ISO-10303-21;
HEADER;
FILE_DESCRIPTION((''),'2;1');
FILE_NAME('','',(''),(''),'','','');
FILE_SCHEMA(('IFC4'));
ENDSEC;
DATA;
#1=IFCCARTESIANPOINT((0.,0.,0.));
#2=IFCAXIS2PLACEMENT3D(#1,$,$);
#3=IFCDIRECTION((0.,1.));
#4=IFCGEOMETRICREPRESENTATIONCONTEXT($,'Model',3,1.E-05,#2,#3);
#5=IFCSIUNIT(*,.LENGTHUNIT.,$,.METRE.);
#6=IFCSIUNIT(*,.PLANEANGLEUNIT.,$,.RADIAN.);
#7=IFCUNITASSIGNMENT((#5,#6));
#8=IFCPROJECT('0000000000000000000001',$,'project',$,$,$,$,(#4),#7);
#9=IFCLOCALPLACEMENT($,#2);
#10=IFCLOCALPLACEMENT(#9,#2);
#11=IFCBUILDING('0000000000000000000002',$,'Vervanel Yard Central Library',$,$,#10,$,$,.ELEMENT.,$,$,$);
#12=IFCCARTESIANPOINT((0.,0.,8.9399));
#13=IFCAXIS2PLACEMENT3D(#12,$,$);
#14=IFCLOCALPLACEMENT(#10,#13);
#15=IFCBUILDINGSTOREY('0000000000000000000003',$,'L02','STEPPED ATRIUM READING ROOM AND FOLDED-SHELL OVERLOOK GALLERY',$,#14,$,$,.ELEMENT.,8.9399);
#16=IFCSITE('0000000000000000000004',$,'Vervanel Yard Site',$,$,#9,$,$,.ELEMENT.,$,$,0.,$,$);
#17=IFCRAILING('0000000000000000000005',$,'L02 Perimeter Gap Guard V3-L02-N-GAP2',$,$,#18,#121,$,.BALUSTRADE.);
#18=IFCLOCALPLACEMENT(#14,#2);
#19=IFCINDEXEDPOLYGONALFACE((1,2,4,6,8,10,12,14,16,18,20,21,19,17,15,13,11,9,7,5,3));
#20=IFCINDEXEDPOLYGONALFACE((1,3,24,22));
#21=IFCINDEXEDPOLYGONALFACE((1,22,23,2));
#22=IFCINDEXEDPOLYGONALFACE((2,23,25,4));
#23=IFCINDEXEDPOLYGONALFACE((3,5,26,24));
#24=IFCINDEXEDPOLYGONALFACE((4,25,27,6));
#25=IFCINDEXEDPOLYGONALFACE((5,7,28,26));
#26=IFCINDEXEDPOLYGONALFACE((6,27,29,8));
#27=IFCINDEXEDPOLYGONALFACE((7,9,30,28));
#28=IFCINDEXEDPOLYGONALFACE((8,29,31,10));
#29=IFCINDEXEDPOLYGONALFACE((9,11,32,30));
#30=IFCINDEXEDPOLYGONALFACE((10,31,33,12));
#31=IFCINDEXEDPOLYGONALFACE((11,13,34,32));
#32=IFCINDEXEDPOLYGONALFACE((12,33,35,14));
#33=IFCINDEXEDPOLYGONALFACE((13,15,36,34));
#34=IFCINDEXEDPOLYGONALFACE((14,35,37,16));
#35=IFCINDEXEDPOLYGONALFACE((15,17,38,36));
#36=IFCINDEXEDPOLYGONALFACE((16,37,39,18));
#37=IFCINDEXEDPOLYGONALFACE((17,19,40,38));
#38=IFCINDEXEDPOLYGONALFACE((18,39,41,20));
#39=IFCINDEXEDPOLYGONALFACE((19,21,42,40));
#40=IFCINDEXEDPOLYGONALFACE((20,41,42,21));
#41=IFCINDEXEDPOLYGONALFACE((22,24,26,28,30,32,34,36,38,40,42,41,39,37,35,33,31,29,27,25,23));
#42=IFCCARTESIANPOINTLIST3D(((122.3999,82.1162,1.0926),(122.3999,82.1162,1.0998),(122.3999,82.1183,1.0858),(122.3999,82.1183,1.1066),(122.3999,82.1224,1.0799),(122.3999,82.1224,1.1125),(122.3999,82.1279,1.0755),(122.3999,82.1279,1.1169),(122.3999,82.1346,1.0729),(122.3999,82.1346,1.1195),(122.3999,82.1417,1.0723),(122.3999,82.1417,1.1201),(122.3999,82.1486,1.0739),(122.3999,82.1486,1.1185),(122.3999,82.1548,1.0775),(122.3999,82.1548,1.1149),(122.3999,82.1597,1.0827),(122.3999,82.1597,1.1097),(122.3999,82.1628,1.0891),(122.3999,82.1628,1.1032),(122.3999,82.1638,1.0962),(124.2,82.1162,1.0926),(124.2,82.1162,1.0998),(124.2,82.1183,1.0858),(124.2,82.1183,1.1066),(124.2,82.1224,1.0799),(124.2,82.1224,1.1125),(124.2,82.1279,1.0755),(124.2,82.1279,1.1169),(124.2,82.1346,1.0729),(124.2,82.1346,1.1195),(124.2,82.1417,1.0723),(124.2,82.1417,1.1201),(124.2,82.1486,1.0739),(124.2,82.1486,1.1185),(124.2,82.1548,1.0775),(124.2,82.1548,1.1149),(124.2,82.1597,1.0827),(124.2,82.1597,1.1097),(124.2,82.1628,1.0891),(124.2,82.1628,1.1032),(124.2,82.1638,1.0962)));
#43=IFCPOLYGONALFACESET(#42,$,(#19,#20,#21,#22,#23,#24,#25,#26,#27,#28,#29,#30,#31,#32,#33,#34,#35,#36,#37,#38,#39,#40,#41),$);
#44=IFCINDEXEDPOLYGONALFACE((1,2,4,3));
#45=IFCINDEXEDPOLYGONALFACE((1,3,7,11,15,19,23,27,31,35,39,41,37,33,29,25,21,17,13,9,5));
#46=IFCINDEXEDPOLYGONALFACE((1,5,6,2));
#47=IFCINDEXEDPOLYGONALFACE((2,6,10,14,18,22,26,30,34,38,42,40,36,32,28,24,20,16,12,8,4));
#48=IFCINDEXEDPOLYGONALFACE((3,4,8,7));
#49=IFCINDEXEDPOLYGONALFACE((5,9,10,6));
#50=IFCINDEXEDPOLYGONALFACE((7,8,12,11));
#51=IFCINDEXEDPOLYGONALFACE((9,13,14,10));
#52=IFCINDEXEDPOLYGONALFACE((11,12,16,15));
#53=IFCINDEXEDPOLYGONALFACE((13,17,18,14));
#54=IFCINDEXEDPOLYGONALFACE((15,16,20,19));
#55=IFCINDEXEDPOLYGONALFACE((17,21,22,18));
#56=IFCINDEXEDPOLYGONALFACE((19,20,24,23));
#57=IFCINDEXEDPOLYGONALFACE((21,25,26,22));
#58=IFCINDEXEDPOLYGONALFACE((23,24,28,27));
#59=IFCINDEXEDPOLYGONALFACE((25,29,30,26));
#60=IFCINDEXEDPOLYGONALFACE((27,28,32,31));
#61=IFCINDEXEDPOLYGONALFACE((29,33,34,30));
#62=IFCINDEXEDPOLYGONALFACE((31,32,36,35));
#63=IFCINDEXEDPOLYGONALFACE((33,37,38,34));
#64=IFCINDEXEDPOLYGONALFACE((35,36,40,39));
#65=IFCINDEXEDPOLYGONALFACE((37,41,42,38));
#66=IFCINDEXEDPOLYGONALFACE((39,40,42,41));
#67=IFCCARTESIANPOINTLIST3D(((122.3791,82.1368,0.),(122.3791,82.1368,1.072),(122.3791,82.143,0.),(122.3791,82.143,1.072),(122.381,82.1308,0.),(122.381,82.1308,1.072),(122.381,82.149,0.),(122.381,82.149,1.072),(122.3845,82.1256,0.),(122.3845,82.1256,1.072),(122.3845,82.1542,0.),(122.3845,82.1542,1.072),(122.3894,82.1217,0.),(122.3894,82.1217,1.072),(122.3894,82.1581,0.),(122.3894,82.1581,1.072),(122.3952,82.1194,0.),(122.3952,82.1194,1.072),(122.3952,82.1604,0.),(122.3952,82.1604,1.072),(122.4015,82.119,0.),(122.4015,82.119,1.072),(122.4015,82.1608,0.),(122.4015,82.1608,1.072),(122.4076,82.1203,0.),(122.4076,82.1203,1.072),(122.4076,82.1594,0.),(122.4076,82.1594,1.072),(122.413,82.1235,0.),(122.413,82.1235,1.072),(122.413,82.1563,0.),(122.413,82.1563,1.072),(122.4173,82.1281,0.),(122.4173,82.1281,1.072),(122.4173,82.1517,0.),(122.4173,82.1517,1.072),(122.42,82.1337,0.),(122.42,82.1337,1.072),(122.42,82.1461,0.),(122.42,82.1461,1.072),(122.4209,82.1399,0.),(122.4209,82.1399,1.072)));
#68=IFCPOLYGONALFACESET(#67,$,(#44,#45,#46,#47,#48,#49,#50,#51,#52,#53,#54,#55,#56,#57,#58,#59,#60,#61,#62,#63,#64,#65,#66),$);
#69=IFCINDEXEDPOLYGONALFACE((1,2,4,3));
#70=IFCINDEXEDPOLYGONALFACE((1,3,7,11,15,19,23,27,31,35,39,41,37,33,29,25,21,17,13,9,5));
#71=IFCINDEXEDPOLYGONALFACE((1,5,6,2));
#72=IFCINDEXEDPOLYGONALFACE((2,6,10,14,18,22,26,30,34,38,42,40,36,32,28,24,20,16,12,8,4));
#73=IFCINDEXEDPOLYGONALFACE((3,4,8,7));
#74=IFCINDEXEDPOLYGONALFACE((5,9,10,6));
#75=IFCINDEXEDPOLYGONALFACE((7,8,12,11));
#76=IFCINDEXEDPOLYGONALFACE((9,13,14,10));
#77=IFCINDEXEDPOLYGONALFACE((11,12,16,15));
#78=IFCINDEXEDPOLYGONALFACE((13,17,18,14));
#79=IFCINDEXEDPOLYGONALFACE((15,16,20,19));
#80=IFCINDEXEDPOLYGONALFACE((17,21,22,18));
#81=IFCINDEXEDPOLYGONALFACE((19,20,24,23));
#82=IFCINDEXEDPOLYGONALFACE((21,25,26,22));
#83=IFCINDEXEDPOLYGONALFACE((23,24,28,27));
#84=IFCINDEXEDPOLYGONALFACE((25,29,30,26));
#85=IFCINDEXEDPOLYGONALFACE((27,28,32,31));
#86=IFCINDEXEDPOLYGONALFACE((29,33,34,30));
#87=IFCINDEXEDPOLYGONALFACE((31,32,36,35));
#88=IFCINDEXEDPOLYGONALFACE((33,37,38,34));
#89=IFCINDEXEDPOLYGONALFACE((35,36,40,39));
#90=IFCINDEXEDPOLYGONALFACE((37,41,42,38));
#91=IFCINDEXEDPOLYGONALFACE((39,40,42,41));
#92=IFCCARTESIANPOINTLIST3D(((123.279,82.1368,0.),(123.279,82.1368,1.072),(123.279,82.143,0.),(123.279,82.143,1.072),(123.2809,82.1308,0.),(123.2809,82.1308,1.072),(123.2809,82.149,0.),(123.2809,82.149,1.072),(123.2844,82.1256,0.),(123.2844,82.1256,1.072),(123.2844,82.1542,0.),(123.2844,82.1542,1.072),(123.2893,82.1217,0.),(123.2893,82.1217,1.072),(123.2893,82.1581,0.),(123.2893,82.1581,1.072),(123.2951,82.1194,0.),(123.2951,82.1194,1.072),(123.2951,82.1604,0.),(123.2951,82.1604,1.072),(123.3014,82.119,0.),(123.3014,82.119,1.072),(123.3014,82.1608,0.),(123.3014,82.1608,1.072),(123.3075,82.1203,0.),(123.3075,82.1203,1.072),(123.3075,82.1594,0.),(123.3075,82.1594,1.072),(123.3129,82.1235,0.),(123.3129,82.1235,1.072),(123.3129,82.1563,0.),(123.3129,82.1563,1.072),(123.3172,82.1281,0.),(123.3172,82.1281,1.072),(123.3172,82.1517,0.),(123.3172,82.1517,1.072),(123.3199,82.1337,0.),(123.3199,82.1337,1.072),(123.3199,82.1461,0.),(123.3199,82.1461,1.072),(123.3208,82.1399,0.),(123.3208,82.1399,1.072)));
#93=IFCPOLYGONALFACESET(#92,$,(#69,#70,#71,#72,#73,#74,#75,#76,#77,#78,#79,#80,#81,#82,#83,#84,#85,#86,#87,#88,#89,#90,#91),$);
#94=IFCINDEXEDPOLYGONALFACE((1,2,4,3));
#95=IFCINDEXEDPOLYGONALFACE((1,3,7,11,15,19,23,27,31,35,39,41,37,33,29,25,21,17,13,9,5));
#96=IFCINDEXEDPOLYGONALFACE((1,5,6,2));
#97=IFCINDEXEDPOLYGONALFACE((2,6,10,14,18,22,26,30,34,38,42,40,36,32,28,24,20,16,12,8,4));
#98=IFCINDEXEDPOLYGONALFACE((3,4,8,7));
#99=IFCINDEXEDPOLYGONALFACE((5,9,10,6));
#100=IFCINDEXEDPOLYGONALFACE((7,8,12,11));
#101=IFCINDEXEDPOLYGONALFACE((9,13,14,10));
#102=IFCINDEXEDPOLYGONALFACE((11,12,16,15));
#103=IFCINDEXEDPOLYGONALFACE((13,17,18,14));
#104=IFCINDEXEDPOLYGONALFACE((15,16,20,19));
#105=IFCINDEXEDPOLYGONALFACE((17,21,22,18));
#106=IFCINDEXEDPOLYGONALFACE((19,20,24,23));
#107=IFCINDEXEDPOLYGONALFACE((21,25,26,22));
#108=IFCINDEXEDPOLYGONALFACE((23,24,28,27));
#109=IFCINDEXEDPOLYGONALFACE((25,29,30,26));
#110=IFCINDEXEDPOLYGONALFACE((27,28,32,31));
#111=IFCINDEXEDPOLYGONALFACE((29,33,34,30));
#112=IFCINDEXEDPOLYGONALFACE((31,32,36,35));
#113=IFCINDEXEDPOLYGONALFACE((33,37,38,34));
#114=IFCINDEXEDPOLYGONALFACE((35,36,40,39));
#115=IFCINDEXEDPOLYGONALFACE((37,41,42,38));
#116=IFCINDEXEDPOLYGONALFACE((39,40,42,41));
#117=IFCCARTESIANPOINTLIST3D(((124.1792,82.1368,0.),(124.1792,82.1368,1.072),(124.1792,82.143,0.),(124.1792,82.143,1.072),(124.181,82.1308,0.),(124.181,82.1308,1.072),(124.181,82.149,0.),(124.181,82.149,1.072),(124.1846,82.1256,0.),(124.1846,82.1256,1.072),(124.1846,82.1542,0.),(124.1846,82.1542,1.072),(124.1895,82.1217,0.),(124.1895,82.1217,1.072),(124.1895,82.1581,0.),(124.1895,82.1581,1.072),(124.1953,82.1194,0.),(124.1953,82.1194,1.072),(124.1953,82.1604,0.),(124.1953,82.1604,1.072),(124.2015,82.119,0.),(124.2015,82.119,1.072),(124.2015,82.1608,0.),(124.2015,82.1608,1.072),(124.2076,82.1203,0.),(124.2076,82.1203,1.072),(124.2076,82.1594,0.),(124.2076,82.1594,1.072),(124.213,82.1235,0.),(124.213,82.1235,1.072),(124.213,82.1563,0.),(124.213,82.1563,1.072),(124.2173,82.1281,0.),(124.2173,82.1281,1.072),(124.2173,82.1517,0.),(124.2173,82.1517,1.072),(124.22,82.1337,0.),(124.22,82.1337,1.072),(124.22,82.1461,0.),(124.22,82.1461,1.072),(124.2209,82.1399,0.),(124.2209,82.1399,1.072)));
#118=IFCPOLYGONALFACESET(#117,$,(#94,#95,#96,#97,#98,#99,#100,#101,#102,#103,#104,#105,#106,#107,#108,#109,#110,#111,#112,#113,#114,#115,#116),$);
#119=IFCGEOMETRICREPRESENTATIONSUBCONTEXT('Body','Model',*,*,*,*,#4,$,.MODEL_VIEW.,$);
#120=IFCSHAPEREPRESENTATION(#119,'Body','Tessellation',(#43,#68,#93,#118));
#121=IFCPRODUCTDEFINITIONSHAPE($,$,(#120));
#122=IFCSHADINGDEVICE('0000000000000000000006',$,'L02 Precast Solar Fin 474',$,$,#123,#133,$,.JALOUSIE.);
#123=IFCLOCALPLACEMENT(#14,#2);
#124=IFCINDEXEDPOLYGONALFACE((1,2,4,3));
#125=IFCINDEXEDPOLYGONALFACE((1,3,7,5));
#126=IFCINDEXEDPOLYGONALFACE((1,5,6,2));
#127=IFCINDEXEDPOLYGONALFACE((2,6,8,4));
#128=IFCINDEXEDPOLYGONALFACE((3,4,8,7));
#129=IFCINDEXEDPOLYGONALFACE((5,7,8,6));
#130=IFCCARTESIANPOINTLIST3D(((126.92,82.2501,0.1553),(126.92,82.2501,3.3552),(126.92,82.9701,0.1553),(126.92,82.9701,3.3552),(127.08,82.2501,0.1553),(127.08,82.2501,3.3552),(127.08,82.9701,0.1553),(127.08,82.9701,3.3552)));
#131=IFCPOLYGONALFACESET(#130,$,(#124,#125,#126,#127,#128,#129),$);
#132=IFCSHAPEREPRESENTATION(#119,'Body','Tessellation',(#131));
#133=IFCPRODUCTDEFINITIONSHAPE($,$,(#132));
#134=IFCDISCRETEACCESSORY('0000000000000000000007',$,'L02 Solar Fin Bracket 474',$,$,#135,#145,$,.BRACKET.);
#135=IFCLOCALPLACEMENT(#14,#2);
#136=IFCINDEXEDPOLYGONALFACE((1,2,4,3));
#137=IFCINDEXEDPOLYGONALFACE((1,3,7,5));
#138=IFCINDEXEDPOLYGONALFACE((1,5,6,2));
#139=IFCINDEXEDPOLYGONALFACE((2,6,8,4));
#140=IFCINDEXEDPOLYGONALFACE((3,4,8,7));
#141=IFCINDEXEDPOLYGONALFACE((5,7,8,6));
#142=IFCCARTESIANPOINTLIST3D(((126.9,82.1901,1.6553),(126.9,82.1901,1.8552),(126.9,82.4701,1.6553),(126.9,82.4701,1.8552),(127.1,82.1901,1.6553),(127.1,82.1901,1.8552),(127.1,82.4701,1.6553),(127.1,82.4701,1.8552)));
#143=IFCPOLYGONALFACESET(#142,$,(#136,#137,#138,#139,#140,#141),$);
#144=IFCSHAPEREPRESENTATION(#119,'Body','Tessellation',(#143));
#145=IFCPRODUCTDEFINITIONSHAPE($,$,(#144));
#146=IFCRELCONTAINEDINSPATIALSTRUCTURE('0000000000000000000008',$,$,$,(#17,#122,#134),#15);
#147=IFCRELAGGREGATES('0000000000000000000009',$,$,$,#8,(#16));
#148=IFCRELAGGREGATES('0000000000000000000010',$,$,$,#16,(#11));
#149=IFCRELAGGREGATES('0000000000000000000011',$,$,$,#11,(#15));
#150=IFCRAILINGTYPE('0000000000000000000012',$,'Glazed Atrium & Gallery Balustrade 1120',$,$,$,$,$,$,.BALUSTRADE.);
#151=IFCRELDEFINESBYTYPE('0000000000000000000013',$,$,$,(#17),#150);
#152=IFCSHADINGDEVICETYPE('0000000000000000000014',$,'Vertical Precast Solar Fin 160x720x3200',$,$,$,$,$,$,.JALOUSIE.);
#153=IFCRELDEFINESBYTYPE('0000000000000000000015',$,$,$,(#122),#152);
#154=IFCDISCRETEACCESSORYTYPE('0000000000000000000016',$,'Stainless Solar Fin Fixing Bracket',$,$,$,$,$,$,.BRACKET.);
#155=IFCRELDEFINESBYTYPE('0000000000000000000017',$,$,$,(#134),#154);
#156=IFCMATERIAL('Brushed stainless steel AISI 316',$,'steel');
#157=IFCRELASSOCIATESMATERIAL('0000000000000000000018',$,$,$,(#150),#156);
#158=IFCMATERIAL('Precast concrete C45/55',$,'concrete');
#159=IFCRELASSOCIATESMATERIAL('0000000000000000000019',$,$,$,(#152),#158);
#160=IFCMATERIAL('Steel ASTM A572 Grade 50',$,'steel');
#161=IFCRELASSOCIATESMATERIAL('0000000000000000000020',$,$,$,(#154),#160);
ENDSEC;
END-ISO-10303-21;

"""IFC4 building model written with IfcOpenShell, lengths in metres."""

from ifc_helpers import new_model, si_unit, direction, frame, origin, origin_2d, place, context, subcontext, project, spatial, rectangle, circle, extrude, material, type_object, element, save


model = new_model("IFC4")

# Units and contexts
model_context = context("Model", 3, precision=1e-05, world=origin(), true_north=direction((0.0, 1.0)))
body_context = subcontext(model_context, "Body", "Model", "MODEL_VIEW")
ifc_project = project(units=[si_unit("LENGTHUNIT", "METRE"), si_unit("PLANEANGLEUNIT", "RADIAN")], contexts=[model_context])

# Site, building, storey
site_placement = place(None, origin())
site = spatial("IfcSite", under=ifc_project, at=site_placement, Name="Vervanel Yard Site", CompositionType="ELEMENT", RefElevation=0.0)
building_placement = place(site_placement, origin())
building = spatial("IfcBuilding", under=site, at=building_placement, Name="Vervanel Yard Central Library", CompositionType="ELEMENT")
storey_placement = place(building_placement, frame((0.0, 0.0, 8.9399)))
storey = spatial("IfcBuildingStorey", under=building, at=storey_placement, Name="L02", Description="STEPPED ATRIUM READING ROOM AND FOLDED-SHELL OVERLOOK GALLERY", CompositionType="ELEMENT", Elevation=8.9399)

# Railing
ifc_material_1 = material(Name="Brushed stainless steel AISI 316", Category="steel")
railing_type = type_object("IfcRailingType", Name="Glazed Atrium & Gallery Balustrade 1120", PredefinedType="BALUSTRADE", material=ifc_material_1)
railing_placement = place(storey_placement, frame((122.3999, 82.1399, 0.0)))
element("IfcRailing", 1, at=railing_placement, inside=storey, type_object=railing_type, Name="L02 Perimeter Gap Guard V3-L02-N-GAP2", PredefinedType="BALUSTRADE", context=body_context, shape_type="SweptSolid", body=[
    extrude(circle(Radius=0.0239, at=origin_2d()), frame((0.0, 0.0, 1.0962), z_axis=(1.0, 0.0, 0.0), x_axis=(0.0, 1.0, 0.0)), (0.0, 0.0, 1.0), 1.8),
    extrude(circle(Radius=0.021, at=origin_2d()), origin(), (0.0, 0.0, 1.0), 1.072),
    extrude(circle(Radius=0.021, at=origin_2d()), frame((0.8999, 0.0, 0.0)), (0.0, 0.0, 1.0), 1.072),
    extrude(circle(Radius=0.021, at=origin_2d()), frame((1.8, 0.0, 0.0)), (0.0, 0.0, 1.0), 1.072),
])

# Shading device
ifc_material_2 = material(Name="Precast concrete C45/55", Category="concrete")
shading_device_type = type_object("IfcShadingDeviceType", Name="Vertical Precast Solar Fin 160x720x3200", PredefinedType="JALOUSIE", material=ifc_material_2)
shading_device_placement = place(storey_placement, frame((127.0, 82.6101, 0.1553), z_axis=(0.0, 0.0, 1.0), x_axis=(1.0, 0.0, 0.0)))
element("IfcShadingDevice", 2, at=shading_device_placement, inside=storey, type_object=shading_device_type, Name="L02 Precast Solar Fin 474", PredefinedType="JALOUSIE", context=body_context, shape_type="SweptSolid", body=[
    extrude(rectangle(XDim=0.1599, YDim=0.72, at=origin_2d()), origin(), (0.0, 0.0, 1.0), 3.2),
])

# Discrete accessory
ifc_material_3 = material(Name="Steel ASTM A572 Grade 50", Category="steel")
discrete_accessory_type = type_object("IfcDiscreteAccessoryType", Name="Stainless Solar Fin Fixing Bracket", PredefinedType="BRACKET", material=ifc_material_3)
discrete_accessory_placement = place(storey_placement, frame((127.0, 82.3301, 1.6553), z_axis=(0.0, 0.0, 1.0), x_axis=(1.0, 0.0, 0.0)))
element("IfcDiscreteAccessory", 3, at=discrete_accessory_placement, inside=storey, type_object=discrete_accessory_type, Name="L02 Solar Fin Bracket 474", PredefinedType="BRACKET", context=body_context, shape_type="SweptSolid", body=[
    extrude(rectangle(XDim=0.2, YDim=0.28, at=origin_2d()), origin(), (0.0, 0.0, 1.0), 0.2),
])

save(model, "model.ifc")
